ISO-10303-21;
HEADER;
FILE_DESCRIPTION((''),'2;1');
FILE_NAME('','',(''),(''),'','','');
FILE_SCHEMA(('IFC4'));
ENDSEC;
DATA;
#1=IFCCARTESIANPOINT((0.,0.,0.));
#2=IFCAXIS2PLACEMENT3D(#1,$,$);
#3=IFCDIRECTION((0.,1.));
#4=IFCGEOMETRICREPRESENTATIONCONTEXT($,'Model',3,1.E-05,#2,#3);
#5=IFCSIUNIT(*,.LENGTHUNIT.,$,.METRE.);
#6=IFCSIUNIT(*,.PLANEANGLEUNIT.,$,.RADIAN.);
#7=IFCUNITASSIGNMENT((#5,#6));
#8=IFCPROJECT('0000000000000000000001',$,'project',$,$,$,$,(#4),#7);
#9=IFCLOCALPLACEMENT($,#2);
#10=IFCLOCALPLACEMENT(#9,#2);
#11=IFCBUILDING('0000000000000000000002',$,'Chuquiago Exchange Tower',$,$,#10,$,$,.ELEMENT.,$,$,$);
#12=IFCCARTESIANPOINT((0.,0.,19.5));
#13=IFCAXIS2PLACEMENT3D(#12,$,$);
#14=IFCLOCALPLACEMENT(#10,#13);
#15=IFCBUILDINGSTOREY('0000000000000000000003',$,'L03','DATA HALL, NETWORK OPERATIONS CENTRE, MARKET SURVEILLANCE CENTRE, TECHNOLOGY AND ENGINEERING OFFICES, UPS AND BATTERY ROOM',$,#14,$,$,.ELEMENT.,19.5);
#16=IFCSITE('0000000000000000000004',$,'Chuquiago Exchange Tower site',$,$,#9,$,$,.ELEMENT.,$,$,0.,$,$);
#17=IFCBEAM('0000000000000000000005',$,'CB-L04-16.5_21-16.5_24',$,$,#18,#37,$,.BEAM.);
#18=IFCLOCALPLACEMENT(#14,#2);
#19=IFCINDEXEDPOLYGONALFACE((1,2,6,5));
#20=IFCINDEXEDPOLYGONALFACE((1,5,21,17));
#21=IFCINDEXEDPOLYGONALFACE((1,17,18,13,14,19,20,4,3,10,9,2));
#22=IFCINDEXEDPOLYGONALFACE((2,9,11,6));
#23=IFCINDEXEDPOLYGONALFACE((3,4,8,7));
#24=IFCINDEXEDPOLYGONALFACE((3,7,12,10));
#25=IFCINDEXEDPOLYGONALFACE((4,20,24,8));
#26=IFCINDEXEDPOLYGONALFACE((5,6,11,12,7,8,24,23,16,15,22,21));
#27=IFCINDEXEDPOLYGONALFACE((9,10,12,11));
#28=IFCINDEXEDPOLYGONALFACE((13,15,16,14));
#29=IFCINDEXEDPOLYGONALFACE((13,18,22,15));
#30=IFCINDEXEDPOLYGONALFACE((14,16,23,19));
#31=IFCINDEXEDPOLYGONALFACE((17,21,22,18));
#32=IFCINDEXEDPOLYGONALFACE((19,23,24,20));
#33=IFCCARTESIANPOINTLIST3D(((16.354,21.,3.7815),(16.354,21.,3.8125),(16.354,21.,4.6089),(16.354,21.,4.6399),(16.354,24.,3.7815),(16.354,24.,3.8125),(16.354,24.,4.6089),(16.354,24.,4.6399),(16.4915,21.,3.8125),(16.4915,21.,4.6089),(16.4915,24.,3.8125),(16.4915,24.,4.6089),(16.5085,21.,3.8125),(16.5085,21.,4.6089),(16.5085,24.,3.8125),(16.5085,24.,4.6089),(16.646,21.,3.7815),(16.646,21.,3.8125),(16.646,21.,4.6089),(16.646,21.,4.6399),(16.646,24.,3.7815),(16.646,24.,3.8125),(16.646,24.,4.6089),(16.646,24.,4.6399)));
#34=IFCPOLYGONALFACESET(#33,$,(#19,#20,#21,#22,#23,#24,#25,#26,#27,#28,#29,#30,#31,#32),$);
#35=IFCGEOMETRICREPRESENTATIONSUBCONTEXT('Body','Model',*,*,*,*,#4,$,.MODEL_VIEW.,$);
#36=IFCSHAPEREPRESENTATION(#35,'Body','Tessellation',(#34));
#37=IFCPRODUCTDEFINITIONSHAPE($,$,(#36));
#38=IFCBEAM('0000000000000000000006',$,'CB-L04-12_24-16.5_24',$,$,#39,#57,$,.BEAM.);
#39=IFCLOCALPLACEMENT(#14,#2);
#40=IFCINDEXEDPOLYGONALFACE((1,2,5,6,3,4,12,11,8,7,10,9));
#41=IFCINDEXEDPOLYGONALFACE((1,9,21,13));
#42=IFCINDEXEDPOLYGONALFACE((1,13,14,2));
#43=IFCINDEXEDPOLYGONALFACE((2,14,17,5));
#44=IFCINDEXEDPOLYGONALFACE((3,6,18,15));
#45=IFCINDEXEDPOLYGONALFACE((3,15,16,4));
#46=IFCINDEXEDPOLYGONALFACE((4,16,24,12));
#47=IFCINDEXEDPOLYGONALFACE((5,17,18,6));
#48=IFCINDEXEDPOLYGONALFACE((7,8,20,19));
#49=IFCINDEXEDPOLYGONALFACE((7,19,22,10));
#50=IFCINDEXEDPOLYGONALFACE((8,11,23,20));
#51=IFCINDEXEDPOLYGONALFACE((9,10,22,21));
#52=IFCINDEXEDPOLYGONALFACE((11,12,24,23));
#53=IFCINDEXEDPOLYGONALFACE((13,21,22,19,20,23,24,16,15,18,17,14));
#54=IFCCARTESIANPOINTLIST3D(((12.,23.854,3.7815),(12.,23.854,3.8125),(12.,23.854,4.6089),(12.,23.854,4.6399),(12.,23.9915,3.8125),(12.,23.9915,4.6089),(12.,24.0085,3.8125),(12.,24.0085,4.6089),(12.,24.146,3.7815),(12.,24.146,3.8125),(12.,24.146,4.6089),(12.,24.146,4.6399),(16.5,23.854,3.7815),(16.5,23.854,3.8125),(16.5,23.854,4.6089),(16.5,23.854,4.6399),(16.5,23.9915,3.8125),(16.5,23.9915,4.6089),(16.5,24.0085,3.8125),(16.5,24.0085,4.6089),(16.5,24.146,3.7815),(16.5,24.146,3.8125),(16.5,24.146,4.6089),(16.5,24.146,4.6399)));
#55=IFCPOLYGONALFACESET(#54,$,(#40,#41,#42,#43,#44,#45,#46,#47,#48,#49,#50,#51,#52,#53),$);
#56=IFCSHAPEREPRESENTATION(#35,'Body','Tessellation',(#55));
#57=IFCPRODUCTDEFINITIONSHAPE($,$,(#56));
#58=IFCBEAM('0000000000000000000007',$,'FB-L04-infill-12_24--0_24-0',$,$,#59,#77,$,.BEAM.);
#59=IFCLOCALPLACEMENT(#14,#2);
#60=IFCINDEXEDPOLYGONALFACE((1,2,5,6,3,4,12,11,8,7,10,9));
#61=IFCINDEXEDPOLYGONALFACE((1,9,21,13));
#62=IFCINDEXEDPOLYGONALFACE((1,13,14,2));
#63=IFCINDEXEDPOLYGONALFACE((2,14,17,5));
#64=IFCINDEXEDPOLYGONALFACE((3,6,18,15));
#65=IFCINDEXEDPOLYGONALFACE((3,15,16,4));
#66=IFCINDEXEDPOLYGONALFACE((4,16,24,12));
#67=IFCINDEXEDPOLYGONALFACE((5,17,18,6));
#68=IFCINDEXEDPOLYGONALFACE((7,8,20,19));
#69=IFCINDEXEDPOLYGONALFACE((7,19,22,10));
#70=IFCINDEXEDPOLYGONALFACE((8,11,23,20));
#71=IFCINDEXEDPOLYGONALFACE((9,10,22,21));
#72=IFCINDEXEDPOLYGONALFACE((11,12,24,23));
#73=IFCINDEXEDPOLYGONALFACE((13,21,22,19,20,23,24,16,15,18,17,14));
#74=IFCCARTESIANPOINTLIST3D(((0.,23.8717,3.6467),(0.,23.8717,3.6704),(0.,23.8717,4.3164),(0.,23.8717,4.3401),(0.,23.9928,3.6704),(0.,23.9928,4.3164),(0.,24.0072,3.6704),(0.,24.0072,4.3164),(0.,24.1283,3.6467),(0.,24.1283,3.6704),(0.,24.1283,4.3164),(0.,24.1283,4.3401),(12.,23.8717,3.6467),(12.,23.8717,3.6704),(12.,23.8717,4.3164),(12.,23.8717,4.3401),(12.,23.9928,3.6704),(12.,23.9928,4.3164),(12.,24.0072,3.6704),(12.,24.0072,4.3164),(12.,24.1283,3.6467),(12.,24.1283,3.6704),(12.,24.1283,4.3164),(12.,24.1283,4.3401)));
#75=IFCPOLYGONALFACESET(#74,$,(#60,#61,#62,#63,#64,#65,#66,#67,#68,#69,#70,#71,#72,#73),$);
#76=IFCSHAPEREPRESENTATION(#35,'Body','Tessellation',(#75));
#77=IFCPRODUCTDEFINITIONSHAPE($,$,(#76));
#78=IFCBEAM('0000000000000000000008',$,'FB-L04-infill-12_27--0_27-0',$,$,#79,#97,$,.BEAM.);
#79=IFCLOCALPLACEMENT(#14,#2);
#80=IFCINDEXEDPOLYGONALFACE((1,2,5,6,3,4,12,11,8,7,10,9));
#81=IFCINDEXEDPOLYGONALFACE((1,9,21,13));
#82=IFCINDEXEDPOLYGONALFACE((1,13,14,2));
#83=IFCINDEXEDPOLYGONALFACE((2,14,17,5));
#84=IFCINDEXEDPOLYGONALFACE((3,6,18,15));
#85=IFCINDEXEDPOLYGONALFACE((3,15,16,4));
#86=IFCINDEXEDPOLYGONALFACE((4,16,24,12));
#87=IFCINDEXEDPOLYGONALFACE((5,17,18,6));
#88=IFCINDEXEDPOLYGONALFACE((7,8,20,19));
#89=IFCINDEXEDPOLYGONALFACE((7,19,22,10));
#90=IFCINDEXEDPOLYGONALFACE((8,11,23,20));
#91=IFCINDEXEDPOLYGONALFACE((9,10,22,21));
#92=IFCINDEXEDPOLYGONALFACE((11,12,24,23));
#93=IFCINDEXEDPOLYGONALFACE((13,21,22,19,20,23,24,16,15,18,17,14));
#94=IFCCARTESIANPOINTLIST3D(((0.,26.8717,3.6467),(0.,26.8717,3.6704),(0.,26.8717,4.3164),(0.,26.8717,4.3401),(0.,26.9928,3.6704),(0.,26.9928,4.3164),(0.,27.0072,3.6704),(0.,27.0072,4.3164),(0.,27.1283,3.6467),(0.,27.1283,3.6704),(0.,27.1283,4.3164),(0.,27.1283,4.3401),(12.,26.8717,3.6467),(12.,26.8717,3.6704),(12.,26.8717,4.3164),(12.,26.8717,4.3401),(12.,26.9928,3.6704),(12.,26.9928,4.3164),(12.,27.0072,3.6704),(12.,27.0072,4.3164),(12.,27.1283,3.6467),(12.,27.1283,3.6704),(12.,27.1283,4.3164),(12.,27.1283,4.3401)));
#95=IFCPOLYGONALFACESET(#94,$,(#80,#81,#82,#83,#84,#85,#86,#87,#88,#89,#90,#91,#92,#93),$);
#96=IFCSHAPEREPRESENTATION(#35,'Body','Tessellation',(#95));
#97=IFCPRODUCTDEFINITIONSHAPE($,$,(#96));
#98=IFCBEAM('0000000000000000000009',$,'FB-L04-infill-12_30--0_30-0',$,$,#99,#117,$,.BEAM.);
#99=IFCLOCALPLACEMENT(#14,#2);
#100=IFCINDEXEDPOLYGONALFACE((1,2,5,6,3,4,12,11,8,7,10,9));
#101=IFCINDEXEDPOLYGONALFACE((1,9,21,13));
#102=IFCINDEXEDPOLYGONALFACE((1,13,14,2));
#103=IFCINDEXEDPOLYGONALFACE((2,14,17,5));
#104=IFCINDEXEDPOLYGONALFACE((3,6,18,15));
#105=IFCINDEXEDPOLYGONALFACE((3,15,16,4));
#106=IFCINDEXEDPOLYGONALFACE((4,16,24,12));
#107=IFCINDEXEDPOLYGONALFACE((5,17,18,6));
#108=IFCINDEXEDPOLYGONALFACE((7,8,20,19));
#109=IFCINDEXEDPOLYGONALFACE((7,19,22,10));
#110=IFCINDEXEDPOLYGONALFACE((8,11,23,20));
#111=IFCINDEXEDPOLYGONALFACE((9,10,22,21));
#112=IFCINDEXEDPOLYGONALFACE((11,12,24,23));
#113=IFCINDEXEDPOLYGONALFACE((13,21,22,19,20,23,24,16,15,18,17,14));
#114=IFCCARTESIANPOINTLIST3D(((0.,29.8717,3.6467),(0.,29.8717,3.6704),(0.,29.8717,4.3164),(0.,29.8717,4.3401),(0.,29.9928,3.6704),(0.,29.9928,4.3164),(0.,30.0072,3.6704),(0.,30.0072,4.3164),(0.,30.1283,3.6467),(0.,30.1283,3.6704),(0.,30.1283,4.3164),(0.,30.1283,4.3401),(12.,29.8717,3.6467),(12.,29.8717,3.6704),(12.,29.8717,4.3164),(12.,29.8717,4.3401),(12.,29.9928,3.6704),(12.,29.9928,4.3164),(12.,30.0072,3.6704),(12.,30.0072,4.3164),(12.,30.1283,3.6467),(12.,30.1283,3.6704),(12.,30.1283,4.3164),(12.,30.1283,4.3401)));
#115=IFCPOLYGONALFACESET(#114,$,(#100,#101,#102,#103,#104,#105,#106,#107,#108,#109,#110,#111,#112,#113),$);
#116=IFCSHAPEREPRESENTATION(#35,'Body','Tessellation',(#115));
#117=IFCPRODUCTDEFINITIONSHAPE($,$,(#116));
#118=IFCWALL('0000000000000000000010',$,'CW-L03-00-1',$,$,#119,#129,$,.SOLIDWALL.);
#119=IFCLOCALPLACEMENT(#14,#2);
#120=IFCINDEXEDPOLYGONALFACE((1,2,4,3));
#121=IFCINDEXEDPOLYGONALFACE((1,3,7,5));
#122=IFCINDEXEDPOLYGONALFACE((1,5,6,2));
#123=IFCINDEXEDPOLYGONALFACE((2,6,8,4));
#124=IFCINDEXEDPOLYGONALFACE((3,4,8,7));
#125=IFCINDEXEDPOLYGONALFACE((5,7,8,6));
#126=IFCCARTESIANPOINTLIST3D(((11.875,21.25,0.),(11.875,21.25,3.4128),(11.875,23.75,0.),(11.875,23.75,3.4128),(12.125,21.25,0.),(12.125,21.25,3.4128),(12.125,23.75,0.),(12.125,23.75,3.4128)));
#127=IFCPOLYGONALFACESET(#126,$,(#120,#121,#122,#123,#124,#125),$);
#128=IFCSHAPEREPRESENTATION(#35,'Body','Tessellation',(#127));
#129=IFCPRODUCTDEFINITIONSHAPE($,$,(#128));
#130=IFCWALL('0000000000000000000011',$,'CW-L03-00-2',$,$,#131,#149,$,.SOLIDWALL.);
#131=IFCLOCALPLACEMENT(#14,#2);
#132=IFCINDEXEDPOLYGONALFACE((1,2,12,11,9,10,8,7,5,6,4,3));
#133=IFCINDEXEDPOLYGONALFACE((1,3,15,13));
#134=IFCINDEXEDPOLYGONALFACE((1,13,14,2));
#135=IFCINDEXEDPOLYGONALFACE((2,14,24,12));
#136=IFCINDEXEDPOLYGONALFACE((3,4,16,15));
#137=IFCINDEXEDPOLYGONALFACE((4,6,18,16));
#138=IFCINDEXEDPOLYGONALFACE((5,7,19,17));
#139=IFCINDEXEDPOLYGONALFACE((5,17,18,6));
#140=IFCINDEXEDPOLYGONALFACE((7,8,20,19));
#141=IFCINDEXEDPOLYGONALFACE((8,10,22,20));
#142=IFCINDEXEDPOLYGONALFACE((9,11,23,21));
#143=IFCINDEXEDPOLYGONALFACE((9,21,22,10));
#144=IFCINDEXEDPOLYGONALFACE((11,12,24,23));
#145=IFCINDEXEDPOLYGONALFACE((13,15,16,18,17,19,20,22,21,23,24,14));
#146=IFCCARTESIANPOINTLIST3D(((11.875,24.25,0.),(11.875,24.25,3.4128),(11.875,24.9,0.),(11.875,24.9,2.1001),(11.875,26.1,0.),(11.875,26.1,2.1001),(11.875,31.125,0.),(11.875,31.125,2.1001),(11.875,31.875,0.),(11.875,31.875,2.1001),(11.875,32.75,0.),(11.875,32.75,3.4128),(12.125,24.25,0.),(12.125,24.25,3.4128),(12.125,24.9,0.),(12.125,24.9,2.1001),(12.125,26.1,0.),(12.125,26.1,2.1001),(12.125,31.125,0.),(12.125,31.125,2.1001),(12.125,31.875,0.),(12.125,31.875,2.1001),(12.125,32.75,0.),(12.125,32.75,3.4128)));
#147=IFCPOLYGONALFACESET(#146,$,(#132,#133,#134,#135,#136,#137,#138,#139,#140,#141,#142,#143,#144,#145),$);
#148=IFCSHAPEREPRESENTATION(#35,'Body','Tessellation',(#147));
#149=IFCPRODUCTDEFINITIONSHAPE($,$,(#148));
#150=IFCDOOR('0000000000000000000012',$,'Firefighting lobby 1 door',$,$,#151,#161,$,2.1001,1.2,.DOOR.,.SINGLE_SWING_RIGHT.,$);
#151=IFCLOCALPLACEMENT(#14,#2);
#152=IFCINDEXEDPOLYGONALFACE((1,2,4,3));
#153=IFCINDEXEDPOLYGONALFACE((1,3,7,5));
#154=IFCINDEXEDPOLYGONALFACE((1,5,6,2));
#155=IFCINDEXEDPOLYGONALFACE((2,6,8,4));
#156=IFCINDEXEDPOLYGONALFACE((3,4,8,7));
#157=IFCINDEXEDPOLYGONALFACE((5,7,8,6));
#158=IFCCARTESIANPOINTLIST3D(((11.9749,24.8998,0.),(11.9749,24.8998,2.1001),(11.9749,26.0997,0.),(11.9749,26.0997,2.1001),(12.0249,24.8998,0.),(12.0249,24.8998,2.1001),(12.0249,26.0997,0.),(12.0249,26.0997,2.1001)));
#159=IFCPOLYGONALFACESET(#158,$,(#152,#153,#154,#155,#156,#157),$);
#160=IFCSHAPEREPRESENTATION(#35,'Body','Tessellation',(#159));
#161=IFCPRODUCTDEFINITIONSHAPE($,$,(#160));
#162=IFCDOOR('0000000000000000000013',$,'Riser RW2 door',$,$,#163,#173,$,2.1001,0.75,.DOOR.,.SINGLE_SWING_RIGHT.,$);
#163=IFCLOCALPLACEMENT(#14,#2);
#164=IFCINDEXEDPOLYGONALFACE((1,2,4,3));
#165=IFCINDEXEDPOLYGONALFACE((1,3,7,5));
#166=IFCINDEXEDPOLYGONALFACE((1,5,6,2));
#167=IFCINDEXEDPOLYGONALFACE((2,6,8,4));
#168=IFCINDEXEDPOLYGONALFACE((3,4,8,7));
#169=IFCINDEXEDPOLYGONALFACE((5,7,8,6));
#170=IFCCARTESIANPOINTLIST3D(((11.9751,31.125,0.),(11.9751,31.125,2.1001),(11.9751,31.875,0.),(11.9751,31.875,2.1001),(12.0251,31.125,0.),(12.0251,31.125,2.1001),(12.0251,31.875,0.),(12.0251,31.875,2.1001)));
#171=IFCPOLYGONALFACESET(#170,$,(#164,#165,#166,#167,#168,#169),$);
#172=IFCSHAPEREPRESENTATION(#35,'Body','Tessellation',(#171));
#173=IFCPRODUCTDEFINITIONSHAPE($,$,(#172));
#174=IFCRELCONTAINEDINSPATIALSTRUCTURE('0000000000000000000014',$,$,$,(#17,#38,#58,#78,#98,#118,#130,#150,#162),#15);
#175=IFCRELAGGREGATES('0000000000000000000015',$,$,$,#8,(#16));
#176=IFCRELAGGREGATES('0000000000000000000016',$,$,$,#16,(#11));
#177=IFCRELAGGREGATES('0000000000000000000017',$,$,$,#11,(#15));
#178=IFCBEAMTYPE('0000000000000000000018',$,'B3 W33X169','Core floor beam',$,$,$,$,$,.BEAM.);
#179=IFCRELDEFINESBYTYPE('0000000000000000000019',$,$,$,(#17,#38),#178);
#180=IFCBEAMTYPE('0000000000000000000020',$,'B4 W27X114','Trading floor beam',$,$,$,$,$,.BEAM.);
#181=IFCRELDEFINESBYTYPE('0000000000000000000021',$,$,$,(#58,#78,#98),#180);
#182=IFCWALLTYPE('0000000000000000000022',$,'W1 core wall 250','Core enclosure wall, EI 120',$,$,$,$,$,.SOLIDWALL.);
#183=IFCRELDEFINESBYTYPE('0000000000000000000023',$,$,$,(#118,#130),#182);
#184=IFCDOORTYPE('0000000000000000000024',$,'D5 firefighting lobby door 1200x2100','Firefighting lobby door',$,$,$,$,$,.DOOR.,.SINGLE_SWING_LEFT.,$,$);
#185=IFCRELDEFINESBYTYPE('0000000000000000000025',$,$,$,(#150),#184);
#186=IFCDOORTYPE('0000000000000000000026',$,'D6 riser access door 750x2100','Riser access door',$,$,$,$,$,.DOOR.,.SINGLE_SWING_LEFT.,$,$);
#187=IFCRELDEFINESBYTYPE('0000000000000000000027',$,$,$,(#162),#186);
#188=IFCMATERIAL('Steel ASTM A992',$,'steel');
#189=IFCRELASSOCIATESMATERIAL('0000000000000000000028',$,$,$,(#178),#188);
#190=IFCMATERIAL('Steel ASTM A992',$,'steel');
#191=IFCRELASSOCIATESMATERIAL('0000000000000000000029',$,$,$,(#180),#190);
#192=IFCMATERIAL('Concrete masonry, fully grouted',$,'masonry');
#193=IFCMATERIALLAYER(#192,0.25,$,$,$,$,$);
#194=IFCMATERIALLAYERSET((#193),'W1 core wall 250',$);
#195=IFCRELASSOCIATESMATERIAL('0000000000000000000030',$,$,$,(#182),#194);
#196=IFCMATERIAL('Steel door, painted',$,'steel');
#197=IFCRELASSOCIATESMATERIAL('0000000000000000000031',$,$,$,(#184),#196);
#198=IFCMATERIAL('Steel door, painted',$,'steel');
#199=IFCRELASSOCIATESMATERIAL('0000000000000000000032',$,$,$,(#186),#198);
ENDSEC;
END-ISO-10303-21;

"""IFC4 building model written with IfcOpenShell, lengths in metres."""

from ifc_helpers import new_model, si_unit, direction, frame, frame_2d, origin, origin_2d, place, context, subcontext, project, spatial, rectangle, i_section, extrude, material, layer, layer_set, material_profile, profile_set, type_object, element, fill, save


model = new_model("IFC4")

# Units and contexts
model_context = context("Model", 3, precision=1e-05, world=origin(), true_north=direction((0.0, 1.0)))
body_context = subcontext(model_context, "Body", "Model", "MODEL_VIEW")
ifc_project = project(units=[si_unit("LENGTHUNIT", "METRE"), si_unit("PLANEANGLEUNIT", "RADIAN")], contexts=[model_context])

# Site, building, storey
site_placement = place(None, origin())
site = spatial("IfcSite", under=ifc_project, at=site_placement, Name="Chuquiago Exchange Tower site", CompositionType="ELEMENT", RefElevation=0.0)
building_placement = place(site_placement, origin())
building = spatial("IfcBuilding", under=site, at=building_placement, Name="Chuquiago Exchange Tower", CompositionType="ELEMENT")
storey_placement = place(building_placement, frame((0.0, 0.0, 19.5)))
storey = spatial("IfcBuildingStorey", under=building, at=storey_placement, Name="L03", Description="DATA HALL, NETWORK OPERATIONS CENTRE, MARKET SURVEILLANCE CENTRE, TECHNOLOGY AND ENGINEERING OFFICES, UPS AND BATTERY ROOM", CompositionType="ELEMENT", Elevation=19.5)

# Beams
ifc_material_1 = material(Name="Steel ASTM A992", Category="steel")
ifc_material_profile_1 = material_profile(ifc_material_1, i_section(OverallWidth=0.292, OverallDepth=0.8584, WebThickness=0.0171, FlangeThickness=0.031, at=origin_2d()), Name="W33X169")
ifc_profile_set_1 = profile_set([ifc_material_profile_1], Name="Steel ASTM A992")
beam_type_1 = type_object("IfcBeamType", Name="B3 W33X169", Description="Core floor beam", PredefinedType="BEAM", material=ifc_profile_set_1)
for number, where, z_axis, x_axis, name in (
    (1, (16.5, 21.0, 4.2107), (0.0, 1.0, 0.0), (-1.0, 0.0, 0.0), "CB-L04-16.5_21-16.5_24"),
):
    element("IfcBeam", number, at=place(storey_placement, frame(where, z_axis=z_axis, x_axis=x_axis)), inside=storey, type_object=beam_type_1, Name=name, PredefinedType="BEAM", context=body_context, shape_type="SweptSolid", body=[
        extrude(i_section(OverallWidth=0.292, OverallDepth=0.8584, WebThickness=0.0171, FlangeThickness=0.031, at=origin_2d()), origin(), (0.0, 0.0, 1.0), 3.0),
    ])
beam_placement = place(storey_placement, frame((12.0, 24.0, 4.2107), z_axis=(1.0, 0.0, 0.0), x_axis=(0.0, 1.0, 0.0)))
element("IfcBeam", 2, at=beam_placement, inside=storey, type_object=beam_type_1, Name="CB-L04-12_24-16.5_24", PredefinedType="BEAM", context=body_context, shape_type="SweptSolid", body=[
    extrude(i_section(OverallWidth=0.292, OverallDepth=0.8584, WebThickness=0.0171, FlangeThickness=0.031, at=origin_2d()), origin(), (0.0, 0.0, 1.0), 4.5),
])
ifc_material_2 = material(Name="Steel ASTM A992", Category="steel")
ifc_material_profile_2 = material_profile(ifc_material_2, i_section(OverallWidth=0.2566, OverallDepth=0.6934, WebThickness=0.0144, FlangeThickness=0.0237, at=origin_2d()), Name="W27X114")
ifc_profile_set_2 = profile_set([ifc_material_profile_2], Name="Steel ASTM A992")
beam_type_2 = type_object("IfcBeamType", Name="B4 W27X114", Description="Trading floor beam", PredefinedType="BEAM", material=ifc_profile_set_2)
for number, where, z_axis, x_axis, name in (
    (3, (12.0, 24.0, 3.9934), (-1.0, 0.0, 0.0), (0.0, -1.0, 0.0), "FB-L04-infill-12_24--0_24-0"),
    (4, (12.0, 27.0, 3.9934), (-1.0, 0.0, 0.0), (0.0, -1.0, 0.0), "FB-L04-infill-12_27--0_27-0"),
    (5, (12.0, 30.0, 3.9934), (-1.0, 0.0, 0.0), (0.0, -1.0, 0.0), "FB-L04-infill-12_30--0_30-0"),
):
    element("IfcBeam", number, at=place(storey_placement, frame(where, z_axis=z_axis, x_axis=x_axis)), inside=storey, type_object=beam_type_2, Name=name, PredefinedType="BEAM", context=body_context, shape_type="SweptSolid", body=[
        extrude(i_section(OverallWidth=0.2566, OverallDepth=0.6934, WebThickness=0.0144, FlangeThickness=0.0237, at=origin_2d()), origin(), (0.0, 0.0, 1.0), 12.0),
    ])

# Wall
ifc_material_3 = material(Name="Concrete masonry, fully grouted", Category="masonry")
ifc_layer_1 = layer(ifc_material_3, 0.25)
ifc_layer_set_1 = layer_set([ifc_layer_1], Name="W1 core wall 250")
wall_type_1 = type_object("IfcWallType", Name="W1 core wall 250", Description="Core enclosure wall, EI 120", PredefinedType="SOLIDWALL", material=ifc_layer_set_1)
wall_1_placement = place(storey_placement, frame((12.0, 21.25, 0.0), z_axis=(0.0, 0.0, 1.0), x_axis=(0.0, 1.0, 0.0)))
element("IfcWall", 6, at=wall_1_placement, inside=storey, type_object=wall_type_1, Name="CW-L03-00-1", PredefinedType="SOLIDWALL", context=body_context, shape_type="SweptSolid", body=[
    extrude(rectangle(XDim=2.5, YDim=0.25, at=frame_2d((1.25, 0.0))), origin(), (0.0, 0.0, 1.0), 3.4128),
])

# Wall, openings, doors
wall_2_placement = place(storey_placement, frame((12.0, 24.25, 0.0), z_axis=(0.0, 0.0, 1.0), x_axis=(0.0, 1.0, 0.0)))
wall_2 = element("IfcWall", 7, at=wall_2_placement, inside=storey, type_object=wall_type_1, Name="CW-L03-00-2", PredefinedType="SOLIDWALL", context=body_context, shape_type="SweptSolid", body=[
    extrude(rectangle(XDim=8.5, YDim=0.25, at=frame_2d((4.25, 0.0))), origin(), (0.0, 0.0, 1.0), 3.4128),
])
opening_1_placement = place(wall_2_placement, frame((0.6499, 0.0, 0.0)))
opening_1 = element("IfcOpeningElement", 8, at=opening_1_placement, cuts=wall_2, PredefinedType="OPENING", context=body_context, shape_type="SweptSolid", body=[
    extrude(rectangle(XDim=1.2, YDim=2.1001, at=frame_2d((0.6001, 1.05))), frame((0.0, 0.135, 0.0), z_axis=(0.0, -1.0, 0.0), x_axis=(1.0, 0.0, 0.0)), (0.0, 0.0, 1.0), 0.27),
])
opening_2_placement = place(wall_2_placement, frame((6.875, 0.0, 0.0)))
opening_2 = element("IfcOpeningElement", 9, at=opening_2_placement, cuts=wall_2, PredefinedType="OPENING", context=body_context, shape_type="SweptSolid", body=[
    extrude(rectangle(XDim=0.75, YDim=2.1001, at=frame_2d((0.375, 1.05))), frame((0.0, 0.135, 0.0), z_axis=(0.0, -1.0, 0.0), x_axis=(1.0, 0.0, 0.0)), (0.0, 0.0, 1.0), 0.27),
])
ifc_material_4 = material(Name="Steel door, painted", Category="steel")
door_type_1 = type_object("IfcDoorType", Name="D5 firefighting lobby door 1200x2100", Description="Firefighting lobby door", OperationType="SINGLE_SWING_LEFT", PredefinedType="DOOR", material=ifc_material_4)
door_1_placement = place(opening_1_placement, frame((1.2, 0.0, 0.0), z_axis=(0.0, 0.0, 1.0), x_axis=(-1.0, 0.0, 0.0)))
door_1 = element("IfcDoor", 10, at=door_1_placement, inside=storey, type_object=door_type_1, Name="Firefighting lobby 1 door", OperationType="SINGLE_SWING_RIGHT", OverallHeight=2.1001, OverallWidth=1.2, PredefinedType="DOOR", context=body_context, shape_type="SweptSolid", body=[
    extrude(rectangle(XDim=1.2, YDim=2.1001, at=frame_2d((0.6001, 1.05))), frame((0.0, 0.0249, 0.0), z_axis=(0.0, -1.0, 0.0), x_axis=(1.0, 0.0, 0.0)), (0.0, 0.0, 1.0), 0.05),
])
fill(opening_1, door_1)
ifc_material_5 = material(Name="Steel door, painted", Category="steel")
door_type_2 = type_object("IfcDoorType", Name="D6 riser access door 750x2100", Description="Riser access door", OperationType="SINGLE_SWING_LEFT", PredefinedType="DOOR", material=ifc_material_5)
door_2_placement = place(opening_2_placement, origin())
door_2 = element("IfcDoor", 11, at=door_2_placement, inside=storey, type_object=door_type_2, Name="Riser RW2 door", OperationType="SINGLE_SWING_RIGHT", OverallHeight=2.1001, OverallWidth=0.75, PredefinedType="DOOR", context=body_context, shape_type="SweptSolid", body=[
    extrude(rectangle(XDim=0.75, YDim=2.1001, at=frame_2d((0.375, 1.05))), frame((0.0, 0.0249, 0.0), z_axis=(0.0, -1.0, 0.0), x_axis=(1.0, 0.0, 0.0)), (0.0, 0.0, 1.0), 0.05),
])
fill(opening_2, door_2)

save(model, "model.ifc")
